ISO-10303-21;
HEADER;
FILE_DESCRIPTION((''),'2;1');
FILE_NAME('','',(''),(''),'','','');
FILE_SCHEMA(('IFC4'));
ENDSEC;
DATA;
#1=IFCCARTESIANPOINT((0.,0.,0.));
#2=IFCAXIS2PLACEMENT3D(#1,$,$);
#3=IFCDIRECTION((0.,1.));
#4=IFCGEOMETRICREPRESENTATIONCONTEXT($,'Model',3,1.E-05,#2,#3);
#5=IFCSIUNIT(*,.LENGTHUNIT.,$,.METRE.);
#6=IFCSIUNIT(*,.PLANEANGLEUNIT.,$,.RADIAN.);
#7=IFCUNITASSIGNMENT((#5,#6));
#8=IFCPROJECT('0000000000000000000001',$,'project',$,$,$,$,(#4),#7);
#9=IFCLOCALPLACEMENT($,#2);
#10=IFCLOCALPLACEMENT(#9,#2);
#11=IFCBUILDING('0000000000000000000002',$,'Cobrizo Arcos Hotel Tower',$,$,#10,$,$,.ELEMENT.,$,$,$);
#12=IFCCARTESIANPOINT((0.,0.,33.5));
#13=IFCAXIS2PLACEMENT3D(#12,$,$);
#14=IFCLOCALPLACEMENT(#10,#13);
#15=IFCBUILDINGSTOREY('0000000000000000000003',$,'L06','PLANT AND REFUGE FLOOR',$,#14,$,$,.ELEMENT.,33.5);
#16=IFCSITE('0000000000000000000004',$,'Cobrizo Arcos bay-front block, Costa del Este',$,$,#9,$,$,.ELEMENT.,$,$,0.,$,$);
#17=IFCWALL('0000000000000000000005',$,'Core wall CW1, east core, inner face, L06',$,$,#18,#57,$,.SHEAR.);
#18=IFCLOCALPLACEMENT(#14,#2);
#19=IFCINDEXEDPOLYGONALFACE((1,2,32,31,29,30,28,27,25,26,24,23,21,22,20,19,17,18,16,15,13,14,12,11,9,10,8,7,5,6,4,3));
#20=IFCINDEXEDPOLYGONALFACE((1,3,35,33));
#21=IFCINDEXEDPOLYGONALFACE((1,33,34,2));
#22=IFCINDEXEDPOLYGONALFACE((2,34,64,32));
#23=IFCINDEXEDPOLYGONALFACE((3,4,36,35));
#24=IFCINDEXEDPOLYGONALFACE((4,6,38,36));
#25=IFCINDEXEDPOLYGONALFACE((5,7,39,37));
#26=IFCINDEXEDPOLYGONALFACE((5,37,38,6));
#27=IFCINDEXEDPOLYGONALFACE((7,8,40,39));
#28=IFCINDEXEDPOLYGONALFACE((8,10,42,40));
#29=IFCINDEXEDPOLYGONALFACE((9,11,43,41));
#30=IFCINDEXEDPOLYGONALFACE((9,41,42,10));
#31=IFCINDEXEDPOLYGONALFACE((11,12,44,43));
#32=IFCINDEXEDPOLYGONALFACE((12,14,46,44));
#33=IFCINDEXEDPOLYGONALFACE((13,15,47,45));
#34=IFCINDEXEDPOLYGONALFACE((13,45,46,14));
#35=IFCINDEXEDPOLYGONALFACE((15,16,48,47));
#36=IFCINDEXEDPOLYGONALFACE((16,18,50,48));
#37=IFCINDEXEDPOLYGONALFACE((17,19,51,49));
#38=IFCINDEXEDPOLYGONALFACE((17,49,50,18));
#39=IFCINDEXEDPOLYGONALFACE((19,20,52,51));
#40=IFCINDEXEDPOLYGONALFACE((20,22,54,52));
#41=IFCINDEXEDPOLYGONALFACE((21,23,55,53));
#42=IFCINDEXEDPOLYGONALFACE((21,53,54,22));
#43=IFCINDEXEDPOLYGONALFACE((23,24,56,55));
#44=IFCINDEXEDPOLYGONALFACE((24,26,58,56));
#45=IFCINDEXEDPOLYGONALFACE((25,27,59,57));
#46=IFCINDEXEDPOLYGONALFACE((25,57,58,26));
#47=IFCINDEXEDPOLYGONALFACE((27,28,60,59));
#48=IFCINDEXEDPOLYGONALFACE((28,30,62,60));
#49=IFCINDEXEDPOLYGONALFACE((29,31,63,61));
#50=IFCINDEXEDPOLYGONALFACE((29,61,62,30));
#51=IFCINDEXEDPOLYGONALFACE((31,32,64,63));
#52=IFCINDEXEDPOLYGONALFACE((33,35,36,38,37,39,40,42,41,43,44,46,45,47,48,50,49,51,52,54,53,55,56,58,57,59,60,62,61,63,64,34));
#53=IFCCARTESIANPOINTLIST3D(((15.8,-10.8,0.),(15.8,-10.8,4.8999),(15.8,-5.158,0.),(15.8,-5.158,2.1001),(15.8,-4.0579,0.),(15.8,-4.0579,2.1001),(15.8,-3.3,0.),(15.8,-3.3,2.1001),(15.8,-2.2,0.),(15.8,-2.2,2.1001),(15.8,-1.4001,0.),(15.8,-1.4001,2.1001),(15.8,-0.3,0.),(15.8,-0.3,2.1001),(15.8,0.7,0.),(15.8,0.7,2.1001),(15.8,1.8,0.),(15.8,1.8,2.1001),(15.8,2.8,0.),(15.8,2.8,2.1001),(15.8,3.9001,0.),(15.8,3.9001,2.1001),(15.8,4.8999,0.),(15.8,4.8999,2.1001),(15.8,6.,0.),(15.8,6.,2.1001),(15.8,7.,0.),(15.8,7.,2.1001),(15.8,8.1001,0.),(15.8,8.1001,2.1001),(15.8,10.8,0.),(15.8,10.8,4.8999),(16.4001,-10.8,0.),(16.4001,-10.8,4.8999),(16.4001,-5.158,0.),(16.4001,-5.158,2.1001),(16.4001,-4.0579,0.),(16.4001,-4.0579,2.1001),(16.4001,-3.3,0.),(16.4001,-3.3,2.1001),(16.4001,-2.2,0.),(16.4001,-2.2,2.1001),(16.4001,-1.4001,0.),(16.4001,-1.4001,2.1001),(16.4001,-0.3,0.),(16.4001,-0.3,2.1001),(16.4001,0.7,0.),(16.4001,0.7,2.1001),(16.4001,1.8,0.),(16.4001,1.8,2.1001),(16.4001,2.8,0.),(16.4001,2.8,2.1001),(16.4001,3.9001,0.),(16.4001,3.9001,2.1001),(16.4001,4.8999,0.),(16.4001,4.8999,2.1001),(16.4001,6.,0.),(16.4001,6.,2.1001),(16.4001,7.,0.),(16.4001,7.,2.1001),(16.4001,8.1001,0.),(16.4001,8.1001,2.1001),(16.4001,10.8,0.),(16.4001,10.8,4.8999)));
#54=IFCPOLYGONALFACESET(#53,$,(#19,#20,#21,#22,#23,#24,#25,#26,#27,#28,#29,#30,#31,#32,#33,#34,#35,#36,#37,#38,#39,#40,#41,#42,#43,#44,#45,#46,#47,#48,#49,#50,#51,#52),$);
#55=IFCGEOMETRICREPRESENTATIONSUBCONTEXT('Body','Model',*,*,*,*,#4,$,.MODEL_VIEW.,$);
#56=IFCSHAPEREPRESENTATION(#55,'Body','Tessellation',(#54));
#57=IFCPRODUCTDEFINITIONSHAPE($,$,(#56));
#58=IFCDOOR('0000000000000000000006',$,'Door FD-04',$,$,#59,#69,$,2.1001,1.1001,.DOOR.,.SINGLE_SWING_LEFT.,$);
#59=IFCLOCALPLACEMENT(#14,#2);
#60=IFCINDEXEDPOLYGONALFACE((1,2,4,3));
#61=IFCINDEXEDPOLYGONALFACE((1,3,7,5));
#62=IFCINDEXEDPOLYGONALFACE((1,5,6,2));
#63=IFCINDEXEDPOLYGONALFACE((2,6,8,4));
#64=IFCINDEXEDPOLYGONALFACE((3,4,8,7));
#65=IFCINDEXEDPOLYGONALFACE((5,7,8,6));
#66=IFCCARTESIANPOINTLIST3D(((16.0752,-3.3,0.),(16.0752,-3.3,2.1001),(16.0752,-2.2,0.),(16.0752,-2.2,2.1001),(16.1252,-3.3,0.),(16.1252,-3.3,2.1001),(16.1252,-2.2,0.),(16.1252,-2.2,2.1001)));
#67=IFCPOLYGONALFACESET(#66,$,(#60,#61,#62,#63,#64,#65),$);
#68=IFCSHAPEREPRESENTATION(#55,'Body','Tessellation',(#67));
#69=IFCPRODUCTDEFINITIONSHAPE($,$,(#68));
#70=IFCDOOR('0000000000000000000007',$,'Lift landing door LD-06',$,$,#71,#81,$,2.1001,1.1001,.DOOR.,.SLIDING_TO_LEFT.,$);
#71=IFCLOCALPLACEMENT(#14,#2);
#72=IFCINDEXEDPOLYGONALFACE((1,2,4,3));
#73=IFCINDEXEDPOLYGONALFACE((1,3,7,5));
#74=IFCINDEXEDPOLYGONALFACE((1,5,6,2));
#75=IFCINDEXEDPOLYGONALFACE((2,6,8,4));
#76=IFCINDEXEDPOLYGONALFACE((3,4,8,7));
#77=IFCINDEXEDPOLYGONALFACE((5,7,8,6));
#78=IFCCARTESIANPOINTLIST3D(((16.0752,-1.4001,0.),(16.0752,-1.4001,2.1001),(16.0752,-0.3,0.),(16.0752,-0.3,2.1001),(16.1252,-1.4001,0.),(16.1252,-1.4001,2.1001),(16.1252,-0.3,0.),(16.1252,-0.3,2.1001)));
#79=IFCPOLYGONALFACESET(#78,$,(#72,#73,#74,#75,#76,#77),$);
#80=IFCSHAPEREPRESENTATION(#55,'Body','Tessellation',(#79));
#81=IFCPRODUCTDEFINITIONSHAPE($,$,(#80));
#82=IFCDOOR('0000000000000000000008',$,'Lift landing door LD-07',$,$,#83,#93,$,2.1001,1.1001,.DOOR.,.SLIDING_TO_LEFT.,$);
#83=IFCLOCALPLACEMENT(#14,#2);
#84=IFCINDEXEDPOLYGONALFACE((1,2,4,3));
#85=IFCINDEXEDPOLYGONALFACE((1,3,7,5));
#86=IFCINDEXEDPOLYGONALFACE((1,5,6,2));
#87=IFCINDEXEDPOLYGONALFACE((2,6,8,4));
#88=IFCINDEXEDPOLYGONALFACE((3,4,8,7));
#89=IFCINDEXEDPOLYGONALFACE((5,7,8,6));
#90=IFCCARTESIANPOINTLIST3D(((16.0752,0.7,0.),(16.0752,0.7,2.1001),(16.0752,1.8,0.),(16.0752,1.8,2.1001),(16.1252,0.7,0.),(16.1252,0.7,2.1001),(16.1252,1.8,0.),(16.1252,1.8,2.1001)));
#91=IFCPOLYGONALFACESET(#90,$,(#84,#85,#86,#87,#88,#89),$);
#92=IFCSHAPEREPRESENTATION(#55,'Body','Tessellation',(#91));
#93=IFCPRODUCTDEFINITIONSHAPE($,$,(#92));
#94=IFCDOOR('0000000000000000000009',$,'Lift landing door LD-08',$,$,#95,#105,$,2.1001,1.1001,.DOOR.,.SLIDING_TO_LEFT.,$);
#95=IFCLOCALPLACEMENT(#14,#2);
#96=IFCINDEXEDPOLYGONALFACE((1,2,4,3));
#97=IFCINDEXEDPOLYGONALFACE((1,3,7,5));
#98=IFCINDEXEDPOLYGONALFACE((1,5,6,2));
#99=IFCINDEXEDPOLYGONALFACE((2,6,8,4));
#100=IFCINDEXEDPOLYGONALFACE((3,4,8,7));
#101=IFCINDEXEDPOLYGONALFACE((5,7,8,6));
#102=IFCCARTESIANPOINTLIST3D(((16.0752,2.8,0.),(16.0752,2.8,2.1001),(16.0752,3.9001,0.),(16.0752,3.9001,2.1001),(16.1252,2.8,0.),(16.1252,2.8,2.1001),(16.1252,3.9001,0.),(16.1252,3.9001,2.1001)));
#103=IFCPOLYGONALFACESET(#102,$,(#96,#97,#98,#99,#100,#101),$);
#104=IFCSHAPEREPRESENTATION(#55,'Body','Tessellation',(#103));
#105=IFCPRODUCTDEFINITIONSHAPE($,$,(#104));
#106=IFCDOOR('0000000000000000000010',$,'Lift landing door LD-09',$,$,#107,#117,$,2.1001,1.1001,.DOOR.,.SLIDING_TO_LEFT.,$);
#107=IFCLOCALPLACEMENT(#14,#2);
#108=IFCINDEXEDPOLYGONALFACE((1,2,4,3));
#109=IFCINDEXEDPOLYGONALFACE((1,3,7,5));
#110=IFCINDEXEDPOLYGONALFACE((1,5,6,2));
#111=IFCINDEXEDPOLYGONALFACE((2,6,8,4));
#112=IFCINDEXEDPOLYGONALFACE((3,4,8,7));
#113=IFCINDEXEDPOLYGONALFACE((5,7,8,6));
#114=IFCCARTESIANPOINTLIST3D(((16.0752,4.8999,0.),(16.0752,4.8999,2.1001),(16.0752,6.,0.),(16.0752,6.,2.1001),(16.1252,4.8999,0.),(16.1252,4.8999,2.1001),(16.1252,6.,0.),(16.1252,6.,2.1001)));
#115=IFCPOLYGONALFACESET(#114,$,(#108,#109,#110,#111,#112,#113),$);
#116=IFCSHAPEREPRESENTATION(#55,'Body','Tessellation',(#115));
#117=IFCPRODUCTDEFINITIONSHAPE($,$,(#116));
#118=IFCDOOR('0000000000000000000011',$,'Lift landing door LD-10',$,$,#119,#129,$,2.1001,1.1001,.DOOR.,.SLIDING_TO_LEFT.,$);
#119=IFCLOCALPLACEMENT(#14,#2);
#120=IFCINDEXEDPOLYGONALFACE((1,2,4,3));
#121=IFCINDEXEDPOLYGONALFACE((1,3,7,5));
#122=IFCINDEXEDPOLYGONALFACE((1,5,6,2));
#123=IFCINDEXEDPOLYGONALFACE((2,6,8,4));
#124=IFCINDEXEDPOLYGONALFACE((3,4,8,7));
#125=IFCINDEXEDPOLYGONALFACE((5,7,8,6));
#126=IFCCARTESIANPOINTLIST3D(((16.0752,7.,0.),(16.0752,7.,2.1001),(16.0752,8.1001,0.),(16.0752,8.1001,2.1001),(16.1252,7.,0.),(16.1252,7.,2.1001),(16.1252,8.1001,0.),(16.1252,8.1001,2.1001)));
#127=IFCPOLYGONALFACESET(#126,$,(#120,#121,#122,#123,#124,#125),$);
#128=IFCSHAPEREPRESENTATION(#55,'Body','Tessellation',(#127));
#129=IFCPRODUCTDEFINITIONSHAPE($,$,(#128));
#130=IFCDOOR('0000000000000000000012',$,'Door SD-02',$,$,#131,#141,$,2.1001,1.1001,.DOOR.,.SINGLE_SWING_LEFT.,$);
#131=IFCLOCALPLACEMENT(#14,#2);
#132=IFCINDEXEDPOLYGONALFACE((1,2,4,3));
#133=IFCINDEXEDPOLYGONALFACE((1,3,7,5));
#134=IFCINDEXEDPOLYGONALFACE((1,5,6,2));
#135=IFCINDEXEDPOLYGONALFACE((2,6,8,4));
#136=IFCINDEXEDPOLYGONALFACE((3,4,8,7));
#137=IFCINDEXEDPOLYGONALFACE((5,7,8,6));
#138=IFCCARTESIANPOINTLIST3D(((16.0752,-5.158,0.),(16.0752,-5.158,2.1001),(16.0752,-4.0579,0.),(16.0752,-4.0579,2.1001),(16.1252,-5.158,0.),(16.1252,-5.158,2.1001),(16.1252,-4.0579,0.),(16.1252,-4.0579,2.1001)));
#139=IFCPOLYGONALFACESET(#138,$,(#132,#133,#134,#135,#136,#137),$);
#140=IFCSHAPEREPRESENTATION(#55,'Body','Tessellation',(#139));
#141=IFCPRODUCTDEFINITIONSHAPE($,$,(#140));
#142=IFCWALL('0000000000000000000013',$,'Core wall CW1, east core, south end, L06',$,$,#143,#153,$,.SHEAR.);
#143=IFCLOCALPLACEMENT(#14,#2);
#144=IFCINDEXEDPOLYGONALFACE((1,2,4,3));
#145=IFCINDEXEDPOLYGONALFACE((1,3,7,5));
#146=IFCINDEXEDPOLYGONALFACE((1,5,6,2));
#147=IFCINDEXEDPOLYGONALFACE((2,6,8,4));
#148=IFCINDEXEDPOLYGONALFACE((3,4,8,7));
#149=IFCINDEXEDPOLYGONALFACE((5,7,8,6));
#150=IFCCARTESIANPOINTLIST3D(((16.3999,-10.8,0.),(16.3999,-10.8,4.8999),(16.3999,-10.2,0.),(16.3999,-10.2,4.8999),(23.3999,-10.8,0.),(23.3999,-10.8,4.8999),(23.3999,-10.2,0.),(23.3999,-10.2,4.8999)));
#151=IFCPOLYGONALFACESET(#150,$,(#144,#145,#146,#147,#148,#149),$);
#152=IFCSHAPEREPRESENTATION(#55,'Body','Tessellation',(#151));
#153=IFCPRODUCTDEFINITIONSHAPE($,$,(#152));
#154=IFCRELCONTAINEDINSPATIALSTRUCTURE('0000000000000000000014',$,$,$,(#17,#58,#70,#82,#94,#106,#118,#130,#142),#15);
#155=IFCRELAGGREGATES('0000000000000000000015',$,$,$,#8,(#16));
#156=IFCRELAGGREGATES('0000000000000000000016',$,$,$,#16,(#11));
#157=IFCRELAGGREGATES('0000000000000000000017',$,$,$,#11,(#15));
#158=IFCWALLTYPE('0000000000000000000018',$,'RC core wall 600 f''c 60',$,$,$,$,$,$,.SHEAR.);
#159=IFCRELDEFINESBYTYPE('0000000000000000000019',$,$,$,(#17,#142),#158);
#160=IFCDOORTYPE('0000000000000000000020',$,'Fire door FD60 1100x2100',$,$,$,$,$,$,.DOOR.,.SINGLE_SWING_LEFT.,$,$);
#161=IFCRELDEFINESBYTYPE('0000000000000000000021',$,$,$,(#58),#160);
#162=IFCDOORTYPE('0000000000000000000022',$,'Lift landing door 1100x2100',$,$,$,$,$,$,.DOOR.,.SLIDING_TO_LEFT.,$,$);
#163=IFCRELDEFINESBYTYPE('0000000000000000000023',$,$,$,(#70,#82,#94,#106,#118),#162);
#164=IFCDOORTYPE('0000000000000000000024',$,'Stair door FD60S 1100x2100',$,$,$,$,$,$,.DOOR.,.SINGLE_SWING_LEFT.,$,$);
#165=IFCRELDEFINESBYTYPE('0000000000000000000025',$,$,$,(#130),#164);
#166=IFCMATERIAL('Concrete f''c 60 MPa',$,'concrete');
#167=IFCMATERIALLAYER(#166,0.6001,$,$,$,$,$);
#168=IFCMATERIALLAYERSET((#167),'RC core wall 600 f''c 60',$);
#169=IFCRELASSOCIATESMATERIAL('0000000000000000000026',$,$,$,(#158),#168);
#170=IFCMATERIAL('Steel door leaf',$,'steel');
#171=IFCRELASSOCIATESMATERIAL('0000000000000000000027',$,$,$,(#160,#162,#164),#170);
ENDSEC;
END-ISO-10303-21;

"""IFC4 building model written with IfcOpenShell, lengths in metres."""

from ifc_helpers import new_model, si_unit, direction, frame, frame_2d, origin, place, context, subcontext, project, spatial, rectangle, extrude, material, layer, layer_set, type_object, element, fill, save


model = new_model("IFC4")

# Units and contexts
model_context = context("Model", 3, precision=1e-05, world=origin(), true_north=direction((0.0, 1.0)))
body_context = subcontext(model_context, "Body", "Model", "MODEL_VIEW")
ifc_project = project(units=[si_unit("LENGTHUNIT", "METRE"), si_unit("PLANEANGLEUNIT", "RADIAN")], contexts=[model_context])

# Site, building, storey
site_placement = place(None, origin())
site = spatial("IfcSite", under=ifc_project, at=site_placement, Name="Cobrizo Arcos bay-front block, Costa del Este", CompositionType="ELEMENT", RefElevation=0.0)
building_placement = place(site_placement, origin())
building = spatial("IfcBuilding", under=site, at=building_placement, Name="Cobrizo Arcos Hotel Tower", CompositionType="ELEMENT")
storey_placement = place(building_placement, frame((0.0, 0.0, 33.5)))
storey = spatial("IfcBuildingStorey", under=building, at=storey_placement, Name="L06", Description="PLANT AND REFUGE FLOOR", CompositionType="ELEMENT", Elevation=33.5)

# Wall, openings, doors
ifc_material_1 = material(Name="Concrete f'c 60 MPa", Category="concrete")
ifc_layer_1 = layer(ifc_material_1, 0.6001)
ifc_layer_set_1 = layer_set([ifc_layer_1], Name="RC core wall 600 f'c 60")
wall_type_1 = type_object("IfcWallType", Name="RC core wall 600 f'c 60", PredefinedType="SHEAR", material=ifc_layer_set_1)
wall_1_placement = place(storey_placement, frame((16.1001, -10.8, 0.0), z_axis=(0.0, 0.0, 1.0), x_axis=(0.0, 1.0, 0.0)))
wall_1 = element("IfcWall", 1, at=wall_1_placement, inside=storey, type_object=wall_type_1, Name="Core wall CW1, east core, inner face, L06", PredefinedType="SHEAR", context=body_context, shape_type="SweptSolid", body=[
    extrude(rectangle(XDim=21.6001, YDim=0.6001, at=frame_2d((10.8, 0.0))), origin(), (0.0, 0.0, 1.0), 4.8999),
])
opening_1_placement = place(wall_1_placement, frame((9.3999, 0.0, 0.0)))
opening_1 = element("IfcOpeningElement", 2, at=opening_1_placement, cuts=wall_1, PredefinedType="OPENING", context=body_context, shape_type="SweptSolid", body=[
    extrude(rectangle(XDim=1.1001, YDim=2.1001, at=frame_2d((0.55, 1.05))), frame((0.0, 0.312, 0.0), z_axis=(0.0, -1.0, 0.0), x_axis=(1.0, 0.0, 0.0)), (0.0, 0.0, 1.0), 0.624),
])
opening_2_placement = place(wall_1_placement, frame((11.5, 0.0, 0.0)))
opening_2 = element("IfcOpeningElement", 3, at=opening_2_placement, cuts=wall_1, PredefinedType="OPENING", context=body_context, shape_type="SweptSolid", body=[
    extrude(rectangle(XDim=1.1001, YDim=2.1001, at=frame_2d((0.55, 1.05))), frame((0.0, 0.312, 0.0), z_axis=(0.0, -1.0, 0.0), x_axis=(1.0, 0.0, 0.0)), (0.0, 0.0, 1.0), 0.624),
])
opening_3_placement = place(wall_1_placement, frame((13.6001, 0.0, 0.0)))
opening_3 = element("IfcOpeningElement", 4, at=opening_3_placement, cuts=wall_1, PredefinedType="OPENING", context=body_context, shape_type="SweptSolid", body=[
    extrude(rectangle(XDim=1.1001, YDim=2.1001, at=frame_2d((0.55, 1.05))), frame((0.0, 0.312, 0.0), z_axis=(0.0, -1.0, 0.0), x_axis=(1.0, 0.0, 0.0)), (0.0, 0.0, 1.0), 0.624),
])
opening_4_placement = place(wall_1_placement, frame((15.7, 0.0, 0.0)))
opening_4 = element("IfcOpeningElement", 5, at=opening_4_placement, cuts=wall_1, PredefinedType="OPENING", context=body_context, shape_type="SweptSolid", body=[
    extrude(rectangle(XDim=1.1001, YDim=2.1001, at=frame_2d((0.55, 1.05))), frame((0.0, 0.312, 0.0), z_axis=(0.0, -1.0, 0.0), x_axis=(1.0, 0.0, 0.0)), (0.0, 0.0, 1.0), 0.624),
])
opening_5_placement = place(wall_1_placement, frame((17.8, 0.0, 0.0)))
opening_5 = element("IfcOpeningElement", 6, at=opening_5_placement, cuts=wall_1, PredefinedType="OPENING", context=body_context, shape_type="SweptSolid", body=[
    extrude(rectangle(XDim=1.1001, YDim=2.1001, at=frame_2d((0.55, 1.05))), frame((0.0, 0.312, 0.0), z_axis=(0.0, -1.0, 0.0), x_axis=(1.0, 0.0, 0.0)), (0.0, 0.0, 1.0), 0.624),
])
opening_6_placement = place(wall_1_placement, frame((5.6421, 0.0, 0.0)))
opening_6 = element("IfcOpeningElement", 7, at=opening_6_placement, cuts=wall_1, PredefinedType="OPENING", context=body_context, shape_type="SweptSolid", body=[
    extrude(rectangle(XDim=1.1001, YDim=2.1001, at=frame_2d((0.55, 1.05))), frame((0.0, 0.312, 0.0), z_axis=(0.0, -1.0, 0.0), x_axis=(1.0, 0.0, 0.0)), (0.0, 0.0, 1.0), 0.624),
])
opening_7_placement = place(wall_1_placement, frame((7.5, 0.0, 0.0)))
opening_7 = element("IfcOpeningElement", 8, at=opening_7_placement, cuts=wall_1, PredefinedType="OPENING", context=body_context, shape_type="SweptSolid", body=[
    extrude(rectangle(XDim=1.1001, YDim=2.1001, at=frame_2d((0.55, 1.05))), frame((0.0, 0.312, 0.0), z_axis=(0.0, -1.0, 0.0), x_axis=(1.0, 0.0, 0.0)), (0.0, 0.0, 1.0), 0.624),
])
ifc_material_2 = material(Name="Steel door leaf", Category="steel")
door_type_1 = type_object("IfcDoorType", Name="Fire door FD60 1100x2100", OperationType="SINGLE_SWING_LEFT", PredefinedType="DOOR", material=ifc_material_2)
door_1_placement = place(opening_7_placement, origin())
door_1 = element("IfcDoor", 9, at=door_1_placement, inside=storey, type_object=door_type_1, Name="Door FD-04", OperationType="SINGLE_SWING_LEFT", OverallHeight=2.1001, OverallWidth=1.1001, PredefinedType="DOOR", context=body_context, shape_type="SweptSolid", body=[
    extrude(rectangle(XDim=1.1001, YDim=2.1001, at=frame_2d((0.55, 1.05))), frame((0.0, 0.0249, 0.0), z_axis=(0.0, -1.0, 0.0), x_axis=(1.0, 0.0, 0.0)), (0.0, 0.0, 1.0), 0.05),
])
fill(opening_7, door_1)
door_type_2 = type_object("IfcDoorType", Name="Lift landing door 1100x2100", OperationType="SLIDING_TO_LEFT", PredefinedType="DOOR", material=ifc_material_2)
door_2_placement = place(opening_1_placement, origin())
door_2 = element("IfcDoor", 10, at=door_2_placement, inside=storey, type_object=door_type_2, Name="Lift landing door LD-06", OperationType="SLIDING_TO_LEFT", OverallHeight=2.1001, OverallWidth=1.1001, PredefinedType="DOOR", context=body_context, shape_type="SweptSolid", body=[
    extrude(rectangle(XDim=1.1001, YDim=2.1001, at=frame_2d((0.55, 1.05))), frame((0.0, 0.0249, 0.0), z_axis=(0.0, -1.0, 0.0), x_axis=(1.0, 0.0, 0.0)), (0.0, 0.0, 1.0), 0.05),
])
fill(opening_1, door_2)
door_3_placement = place(opening_2_placement, origin())
door_3 = element("IfcDoor", 11, at=door_3_placement, inside=storey, type_object=door_type_2, Name="Lift landing door LD-07", OperationType="SLIDING_TO_LEFT", OverallHeight=2.1001, OverallWidth=1.1001, PredefinedType="DOOR", context=body_context, shape_type="SweptSolid", body=[
    extrude(rectangle(XDim=1.1001, YDim=2.1001, at=frame_2d((0.55, 1.05))), frame((0.0, 0.0249, 0.0), z_axis=(0.0, -1.0, 0.0), x_axis=(1.0, 0.0, 0.0)), (0.0, 0.0, 1.0), 0.05),
])
fill(opening_2, door_3)
door_4_placement = place(opening_3_placement, origin())
door_4 = element("IfcDoor", 12, at=door_4_placement, inside=storey, type_object=door_type_2, Name="Lift landing door LD-08", OperationType="SLIDING_TO_LEFT", OverallHeight=2.1001, OverallWidth=1.1001, PredefinedType="DOOR", context=body_context, shape_type="SweptSolid", body=[
    extrude(rectangle(XDim=1.1001, YDim=2.1001, at=frame_2d((0.55, 1.05))), frame((0.0, 0.0249, 0.0), z_axis=(0.0, -1.0, 0.0), x_axis=(1.0, 0.0, 0.0)), (0.0, 0.0, 1.0), 0.05),
])
fill(opening_3, door_4)
door_5_placement = place(opening_4_placement, origin())
door_5 = element("IfcDoor", 13, at=door_5_placement, inside=storey, type_object=door_type_2, Name="Lift landing door LD-09", OperationType="SLIDING_TO_LEFT", OverallHeight=2.1001, OverallWidth=1.1001, PredefinedType="DOOR", context=body_context, shape_type="SweptSolid", body=[
    extrude(rectangle(XDim=1.1001, YDim=2.1001, at=frame_2d((0.55, 1.05))), frame((0.0, 0.0249, 0.0), z_axis=(0.0, -1.0, 0.0), x_axis=(1.0, 0.0, 0.0)), (0.0, 0.0, 1.0), 0.05),
])
fill(opening_4, door_5)
door_6_placement = place(opening_5_placement, origin())
door_6 = element("IfcDoor", 14, at=door_6_placement, inside=storey, type_object=door_type_2, Name="Lift landing door LD-10", OperationType="SLIDING_TO_LEFT", OverallHeight=2.1001, OverallWidth=1.1001, PredefinedType="DOOR", context=body_context, shape_type="SweptSolid", body=[
    extrude(rectangle(XDim=1.1001, YDim=2.1001, at=frame_2d((0.55, 1.05))), frame((0.0, 0.0249, 0.0), z_axis=(0.0, -1.0, 0.0), x_axis=(1.0, 0.0, 0.0)), (0.0, 0.0, 1.0), 0.05),
])
fill(opening_5, door_6)
door_type_3 = type_object("IfcDoorType", Name="Stair door FD60S 1100x2100", OperationType="SINGLE_SWING_LEFT", PredefinedType="DOOR", material=ifc_material_2)
door_7_placement = place(opening_6_placement, origin())
door_7 = element("IfcDoor", 15, at=door_7_placement, inside=storey, type_object=door_type_3, Name="Door SD-02", OperationType="SINGLE_SWING_LEFT", OverallHeight=2.1001, OverallWidth=1.1001, PredefinedType="DOOR", context=body_context, shape_type="SweptSolid", body=[
    extrude(rectangle(XDim=1.1001, YDim=2.1001, at=frame_2d((0.55, 1.05))), frame((0.0, 0.0249, 0.0), z_axis=(0.0, -1.0, 0.0), x_axis=(1.0, 0.0, 0.0)), (0.0, 0.0, 1.0), 0.05),
])
fill(opening_6, door_7)

# Wall
wall_2_placement = place(storey_placement, frame((16.3999, -10.5, 0.0), z_axis=(0.0, 0.0, 1.0), x_axis=(1.0, 0.0, 0.0)))
element("IfcWall", 16, at=wall_2_placement, inside=storey, type_object=wall_type_1, Name="Core wall CW1, east core, south end, L06", PredefinedType="SHEAR", context=body_context, shape_type="SweptSolid", body=[
    extrude(rectangle(XDim=7.0, YDim=0.6001, at=frame_2d((3.5, 0.0))), origin(), (0.0, 0.0, 1.0), 4.8999),
])

save(model, "model.ifc")
